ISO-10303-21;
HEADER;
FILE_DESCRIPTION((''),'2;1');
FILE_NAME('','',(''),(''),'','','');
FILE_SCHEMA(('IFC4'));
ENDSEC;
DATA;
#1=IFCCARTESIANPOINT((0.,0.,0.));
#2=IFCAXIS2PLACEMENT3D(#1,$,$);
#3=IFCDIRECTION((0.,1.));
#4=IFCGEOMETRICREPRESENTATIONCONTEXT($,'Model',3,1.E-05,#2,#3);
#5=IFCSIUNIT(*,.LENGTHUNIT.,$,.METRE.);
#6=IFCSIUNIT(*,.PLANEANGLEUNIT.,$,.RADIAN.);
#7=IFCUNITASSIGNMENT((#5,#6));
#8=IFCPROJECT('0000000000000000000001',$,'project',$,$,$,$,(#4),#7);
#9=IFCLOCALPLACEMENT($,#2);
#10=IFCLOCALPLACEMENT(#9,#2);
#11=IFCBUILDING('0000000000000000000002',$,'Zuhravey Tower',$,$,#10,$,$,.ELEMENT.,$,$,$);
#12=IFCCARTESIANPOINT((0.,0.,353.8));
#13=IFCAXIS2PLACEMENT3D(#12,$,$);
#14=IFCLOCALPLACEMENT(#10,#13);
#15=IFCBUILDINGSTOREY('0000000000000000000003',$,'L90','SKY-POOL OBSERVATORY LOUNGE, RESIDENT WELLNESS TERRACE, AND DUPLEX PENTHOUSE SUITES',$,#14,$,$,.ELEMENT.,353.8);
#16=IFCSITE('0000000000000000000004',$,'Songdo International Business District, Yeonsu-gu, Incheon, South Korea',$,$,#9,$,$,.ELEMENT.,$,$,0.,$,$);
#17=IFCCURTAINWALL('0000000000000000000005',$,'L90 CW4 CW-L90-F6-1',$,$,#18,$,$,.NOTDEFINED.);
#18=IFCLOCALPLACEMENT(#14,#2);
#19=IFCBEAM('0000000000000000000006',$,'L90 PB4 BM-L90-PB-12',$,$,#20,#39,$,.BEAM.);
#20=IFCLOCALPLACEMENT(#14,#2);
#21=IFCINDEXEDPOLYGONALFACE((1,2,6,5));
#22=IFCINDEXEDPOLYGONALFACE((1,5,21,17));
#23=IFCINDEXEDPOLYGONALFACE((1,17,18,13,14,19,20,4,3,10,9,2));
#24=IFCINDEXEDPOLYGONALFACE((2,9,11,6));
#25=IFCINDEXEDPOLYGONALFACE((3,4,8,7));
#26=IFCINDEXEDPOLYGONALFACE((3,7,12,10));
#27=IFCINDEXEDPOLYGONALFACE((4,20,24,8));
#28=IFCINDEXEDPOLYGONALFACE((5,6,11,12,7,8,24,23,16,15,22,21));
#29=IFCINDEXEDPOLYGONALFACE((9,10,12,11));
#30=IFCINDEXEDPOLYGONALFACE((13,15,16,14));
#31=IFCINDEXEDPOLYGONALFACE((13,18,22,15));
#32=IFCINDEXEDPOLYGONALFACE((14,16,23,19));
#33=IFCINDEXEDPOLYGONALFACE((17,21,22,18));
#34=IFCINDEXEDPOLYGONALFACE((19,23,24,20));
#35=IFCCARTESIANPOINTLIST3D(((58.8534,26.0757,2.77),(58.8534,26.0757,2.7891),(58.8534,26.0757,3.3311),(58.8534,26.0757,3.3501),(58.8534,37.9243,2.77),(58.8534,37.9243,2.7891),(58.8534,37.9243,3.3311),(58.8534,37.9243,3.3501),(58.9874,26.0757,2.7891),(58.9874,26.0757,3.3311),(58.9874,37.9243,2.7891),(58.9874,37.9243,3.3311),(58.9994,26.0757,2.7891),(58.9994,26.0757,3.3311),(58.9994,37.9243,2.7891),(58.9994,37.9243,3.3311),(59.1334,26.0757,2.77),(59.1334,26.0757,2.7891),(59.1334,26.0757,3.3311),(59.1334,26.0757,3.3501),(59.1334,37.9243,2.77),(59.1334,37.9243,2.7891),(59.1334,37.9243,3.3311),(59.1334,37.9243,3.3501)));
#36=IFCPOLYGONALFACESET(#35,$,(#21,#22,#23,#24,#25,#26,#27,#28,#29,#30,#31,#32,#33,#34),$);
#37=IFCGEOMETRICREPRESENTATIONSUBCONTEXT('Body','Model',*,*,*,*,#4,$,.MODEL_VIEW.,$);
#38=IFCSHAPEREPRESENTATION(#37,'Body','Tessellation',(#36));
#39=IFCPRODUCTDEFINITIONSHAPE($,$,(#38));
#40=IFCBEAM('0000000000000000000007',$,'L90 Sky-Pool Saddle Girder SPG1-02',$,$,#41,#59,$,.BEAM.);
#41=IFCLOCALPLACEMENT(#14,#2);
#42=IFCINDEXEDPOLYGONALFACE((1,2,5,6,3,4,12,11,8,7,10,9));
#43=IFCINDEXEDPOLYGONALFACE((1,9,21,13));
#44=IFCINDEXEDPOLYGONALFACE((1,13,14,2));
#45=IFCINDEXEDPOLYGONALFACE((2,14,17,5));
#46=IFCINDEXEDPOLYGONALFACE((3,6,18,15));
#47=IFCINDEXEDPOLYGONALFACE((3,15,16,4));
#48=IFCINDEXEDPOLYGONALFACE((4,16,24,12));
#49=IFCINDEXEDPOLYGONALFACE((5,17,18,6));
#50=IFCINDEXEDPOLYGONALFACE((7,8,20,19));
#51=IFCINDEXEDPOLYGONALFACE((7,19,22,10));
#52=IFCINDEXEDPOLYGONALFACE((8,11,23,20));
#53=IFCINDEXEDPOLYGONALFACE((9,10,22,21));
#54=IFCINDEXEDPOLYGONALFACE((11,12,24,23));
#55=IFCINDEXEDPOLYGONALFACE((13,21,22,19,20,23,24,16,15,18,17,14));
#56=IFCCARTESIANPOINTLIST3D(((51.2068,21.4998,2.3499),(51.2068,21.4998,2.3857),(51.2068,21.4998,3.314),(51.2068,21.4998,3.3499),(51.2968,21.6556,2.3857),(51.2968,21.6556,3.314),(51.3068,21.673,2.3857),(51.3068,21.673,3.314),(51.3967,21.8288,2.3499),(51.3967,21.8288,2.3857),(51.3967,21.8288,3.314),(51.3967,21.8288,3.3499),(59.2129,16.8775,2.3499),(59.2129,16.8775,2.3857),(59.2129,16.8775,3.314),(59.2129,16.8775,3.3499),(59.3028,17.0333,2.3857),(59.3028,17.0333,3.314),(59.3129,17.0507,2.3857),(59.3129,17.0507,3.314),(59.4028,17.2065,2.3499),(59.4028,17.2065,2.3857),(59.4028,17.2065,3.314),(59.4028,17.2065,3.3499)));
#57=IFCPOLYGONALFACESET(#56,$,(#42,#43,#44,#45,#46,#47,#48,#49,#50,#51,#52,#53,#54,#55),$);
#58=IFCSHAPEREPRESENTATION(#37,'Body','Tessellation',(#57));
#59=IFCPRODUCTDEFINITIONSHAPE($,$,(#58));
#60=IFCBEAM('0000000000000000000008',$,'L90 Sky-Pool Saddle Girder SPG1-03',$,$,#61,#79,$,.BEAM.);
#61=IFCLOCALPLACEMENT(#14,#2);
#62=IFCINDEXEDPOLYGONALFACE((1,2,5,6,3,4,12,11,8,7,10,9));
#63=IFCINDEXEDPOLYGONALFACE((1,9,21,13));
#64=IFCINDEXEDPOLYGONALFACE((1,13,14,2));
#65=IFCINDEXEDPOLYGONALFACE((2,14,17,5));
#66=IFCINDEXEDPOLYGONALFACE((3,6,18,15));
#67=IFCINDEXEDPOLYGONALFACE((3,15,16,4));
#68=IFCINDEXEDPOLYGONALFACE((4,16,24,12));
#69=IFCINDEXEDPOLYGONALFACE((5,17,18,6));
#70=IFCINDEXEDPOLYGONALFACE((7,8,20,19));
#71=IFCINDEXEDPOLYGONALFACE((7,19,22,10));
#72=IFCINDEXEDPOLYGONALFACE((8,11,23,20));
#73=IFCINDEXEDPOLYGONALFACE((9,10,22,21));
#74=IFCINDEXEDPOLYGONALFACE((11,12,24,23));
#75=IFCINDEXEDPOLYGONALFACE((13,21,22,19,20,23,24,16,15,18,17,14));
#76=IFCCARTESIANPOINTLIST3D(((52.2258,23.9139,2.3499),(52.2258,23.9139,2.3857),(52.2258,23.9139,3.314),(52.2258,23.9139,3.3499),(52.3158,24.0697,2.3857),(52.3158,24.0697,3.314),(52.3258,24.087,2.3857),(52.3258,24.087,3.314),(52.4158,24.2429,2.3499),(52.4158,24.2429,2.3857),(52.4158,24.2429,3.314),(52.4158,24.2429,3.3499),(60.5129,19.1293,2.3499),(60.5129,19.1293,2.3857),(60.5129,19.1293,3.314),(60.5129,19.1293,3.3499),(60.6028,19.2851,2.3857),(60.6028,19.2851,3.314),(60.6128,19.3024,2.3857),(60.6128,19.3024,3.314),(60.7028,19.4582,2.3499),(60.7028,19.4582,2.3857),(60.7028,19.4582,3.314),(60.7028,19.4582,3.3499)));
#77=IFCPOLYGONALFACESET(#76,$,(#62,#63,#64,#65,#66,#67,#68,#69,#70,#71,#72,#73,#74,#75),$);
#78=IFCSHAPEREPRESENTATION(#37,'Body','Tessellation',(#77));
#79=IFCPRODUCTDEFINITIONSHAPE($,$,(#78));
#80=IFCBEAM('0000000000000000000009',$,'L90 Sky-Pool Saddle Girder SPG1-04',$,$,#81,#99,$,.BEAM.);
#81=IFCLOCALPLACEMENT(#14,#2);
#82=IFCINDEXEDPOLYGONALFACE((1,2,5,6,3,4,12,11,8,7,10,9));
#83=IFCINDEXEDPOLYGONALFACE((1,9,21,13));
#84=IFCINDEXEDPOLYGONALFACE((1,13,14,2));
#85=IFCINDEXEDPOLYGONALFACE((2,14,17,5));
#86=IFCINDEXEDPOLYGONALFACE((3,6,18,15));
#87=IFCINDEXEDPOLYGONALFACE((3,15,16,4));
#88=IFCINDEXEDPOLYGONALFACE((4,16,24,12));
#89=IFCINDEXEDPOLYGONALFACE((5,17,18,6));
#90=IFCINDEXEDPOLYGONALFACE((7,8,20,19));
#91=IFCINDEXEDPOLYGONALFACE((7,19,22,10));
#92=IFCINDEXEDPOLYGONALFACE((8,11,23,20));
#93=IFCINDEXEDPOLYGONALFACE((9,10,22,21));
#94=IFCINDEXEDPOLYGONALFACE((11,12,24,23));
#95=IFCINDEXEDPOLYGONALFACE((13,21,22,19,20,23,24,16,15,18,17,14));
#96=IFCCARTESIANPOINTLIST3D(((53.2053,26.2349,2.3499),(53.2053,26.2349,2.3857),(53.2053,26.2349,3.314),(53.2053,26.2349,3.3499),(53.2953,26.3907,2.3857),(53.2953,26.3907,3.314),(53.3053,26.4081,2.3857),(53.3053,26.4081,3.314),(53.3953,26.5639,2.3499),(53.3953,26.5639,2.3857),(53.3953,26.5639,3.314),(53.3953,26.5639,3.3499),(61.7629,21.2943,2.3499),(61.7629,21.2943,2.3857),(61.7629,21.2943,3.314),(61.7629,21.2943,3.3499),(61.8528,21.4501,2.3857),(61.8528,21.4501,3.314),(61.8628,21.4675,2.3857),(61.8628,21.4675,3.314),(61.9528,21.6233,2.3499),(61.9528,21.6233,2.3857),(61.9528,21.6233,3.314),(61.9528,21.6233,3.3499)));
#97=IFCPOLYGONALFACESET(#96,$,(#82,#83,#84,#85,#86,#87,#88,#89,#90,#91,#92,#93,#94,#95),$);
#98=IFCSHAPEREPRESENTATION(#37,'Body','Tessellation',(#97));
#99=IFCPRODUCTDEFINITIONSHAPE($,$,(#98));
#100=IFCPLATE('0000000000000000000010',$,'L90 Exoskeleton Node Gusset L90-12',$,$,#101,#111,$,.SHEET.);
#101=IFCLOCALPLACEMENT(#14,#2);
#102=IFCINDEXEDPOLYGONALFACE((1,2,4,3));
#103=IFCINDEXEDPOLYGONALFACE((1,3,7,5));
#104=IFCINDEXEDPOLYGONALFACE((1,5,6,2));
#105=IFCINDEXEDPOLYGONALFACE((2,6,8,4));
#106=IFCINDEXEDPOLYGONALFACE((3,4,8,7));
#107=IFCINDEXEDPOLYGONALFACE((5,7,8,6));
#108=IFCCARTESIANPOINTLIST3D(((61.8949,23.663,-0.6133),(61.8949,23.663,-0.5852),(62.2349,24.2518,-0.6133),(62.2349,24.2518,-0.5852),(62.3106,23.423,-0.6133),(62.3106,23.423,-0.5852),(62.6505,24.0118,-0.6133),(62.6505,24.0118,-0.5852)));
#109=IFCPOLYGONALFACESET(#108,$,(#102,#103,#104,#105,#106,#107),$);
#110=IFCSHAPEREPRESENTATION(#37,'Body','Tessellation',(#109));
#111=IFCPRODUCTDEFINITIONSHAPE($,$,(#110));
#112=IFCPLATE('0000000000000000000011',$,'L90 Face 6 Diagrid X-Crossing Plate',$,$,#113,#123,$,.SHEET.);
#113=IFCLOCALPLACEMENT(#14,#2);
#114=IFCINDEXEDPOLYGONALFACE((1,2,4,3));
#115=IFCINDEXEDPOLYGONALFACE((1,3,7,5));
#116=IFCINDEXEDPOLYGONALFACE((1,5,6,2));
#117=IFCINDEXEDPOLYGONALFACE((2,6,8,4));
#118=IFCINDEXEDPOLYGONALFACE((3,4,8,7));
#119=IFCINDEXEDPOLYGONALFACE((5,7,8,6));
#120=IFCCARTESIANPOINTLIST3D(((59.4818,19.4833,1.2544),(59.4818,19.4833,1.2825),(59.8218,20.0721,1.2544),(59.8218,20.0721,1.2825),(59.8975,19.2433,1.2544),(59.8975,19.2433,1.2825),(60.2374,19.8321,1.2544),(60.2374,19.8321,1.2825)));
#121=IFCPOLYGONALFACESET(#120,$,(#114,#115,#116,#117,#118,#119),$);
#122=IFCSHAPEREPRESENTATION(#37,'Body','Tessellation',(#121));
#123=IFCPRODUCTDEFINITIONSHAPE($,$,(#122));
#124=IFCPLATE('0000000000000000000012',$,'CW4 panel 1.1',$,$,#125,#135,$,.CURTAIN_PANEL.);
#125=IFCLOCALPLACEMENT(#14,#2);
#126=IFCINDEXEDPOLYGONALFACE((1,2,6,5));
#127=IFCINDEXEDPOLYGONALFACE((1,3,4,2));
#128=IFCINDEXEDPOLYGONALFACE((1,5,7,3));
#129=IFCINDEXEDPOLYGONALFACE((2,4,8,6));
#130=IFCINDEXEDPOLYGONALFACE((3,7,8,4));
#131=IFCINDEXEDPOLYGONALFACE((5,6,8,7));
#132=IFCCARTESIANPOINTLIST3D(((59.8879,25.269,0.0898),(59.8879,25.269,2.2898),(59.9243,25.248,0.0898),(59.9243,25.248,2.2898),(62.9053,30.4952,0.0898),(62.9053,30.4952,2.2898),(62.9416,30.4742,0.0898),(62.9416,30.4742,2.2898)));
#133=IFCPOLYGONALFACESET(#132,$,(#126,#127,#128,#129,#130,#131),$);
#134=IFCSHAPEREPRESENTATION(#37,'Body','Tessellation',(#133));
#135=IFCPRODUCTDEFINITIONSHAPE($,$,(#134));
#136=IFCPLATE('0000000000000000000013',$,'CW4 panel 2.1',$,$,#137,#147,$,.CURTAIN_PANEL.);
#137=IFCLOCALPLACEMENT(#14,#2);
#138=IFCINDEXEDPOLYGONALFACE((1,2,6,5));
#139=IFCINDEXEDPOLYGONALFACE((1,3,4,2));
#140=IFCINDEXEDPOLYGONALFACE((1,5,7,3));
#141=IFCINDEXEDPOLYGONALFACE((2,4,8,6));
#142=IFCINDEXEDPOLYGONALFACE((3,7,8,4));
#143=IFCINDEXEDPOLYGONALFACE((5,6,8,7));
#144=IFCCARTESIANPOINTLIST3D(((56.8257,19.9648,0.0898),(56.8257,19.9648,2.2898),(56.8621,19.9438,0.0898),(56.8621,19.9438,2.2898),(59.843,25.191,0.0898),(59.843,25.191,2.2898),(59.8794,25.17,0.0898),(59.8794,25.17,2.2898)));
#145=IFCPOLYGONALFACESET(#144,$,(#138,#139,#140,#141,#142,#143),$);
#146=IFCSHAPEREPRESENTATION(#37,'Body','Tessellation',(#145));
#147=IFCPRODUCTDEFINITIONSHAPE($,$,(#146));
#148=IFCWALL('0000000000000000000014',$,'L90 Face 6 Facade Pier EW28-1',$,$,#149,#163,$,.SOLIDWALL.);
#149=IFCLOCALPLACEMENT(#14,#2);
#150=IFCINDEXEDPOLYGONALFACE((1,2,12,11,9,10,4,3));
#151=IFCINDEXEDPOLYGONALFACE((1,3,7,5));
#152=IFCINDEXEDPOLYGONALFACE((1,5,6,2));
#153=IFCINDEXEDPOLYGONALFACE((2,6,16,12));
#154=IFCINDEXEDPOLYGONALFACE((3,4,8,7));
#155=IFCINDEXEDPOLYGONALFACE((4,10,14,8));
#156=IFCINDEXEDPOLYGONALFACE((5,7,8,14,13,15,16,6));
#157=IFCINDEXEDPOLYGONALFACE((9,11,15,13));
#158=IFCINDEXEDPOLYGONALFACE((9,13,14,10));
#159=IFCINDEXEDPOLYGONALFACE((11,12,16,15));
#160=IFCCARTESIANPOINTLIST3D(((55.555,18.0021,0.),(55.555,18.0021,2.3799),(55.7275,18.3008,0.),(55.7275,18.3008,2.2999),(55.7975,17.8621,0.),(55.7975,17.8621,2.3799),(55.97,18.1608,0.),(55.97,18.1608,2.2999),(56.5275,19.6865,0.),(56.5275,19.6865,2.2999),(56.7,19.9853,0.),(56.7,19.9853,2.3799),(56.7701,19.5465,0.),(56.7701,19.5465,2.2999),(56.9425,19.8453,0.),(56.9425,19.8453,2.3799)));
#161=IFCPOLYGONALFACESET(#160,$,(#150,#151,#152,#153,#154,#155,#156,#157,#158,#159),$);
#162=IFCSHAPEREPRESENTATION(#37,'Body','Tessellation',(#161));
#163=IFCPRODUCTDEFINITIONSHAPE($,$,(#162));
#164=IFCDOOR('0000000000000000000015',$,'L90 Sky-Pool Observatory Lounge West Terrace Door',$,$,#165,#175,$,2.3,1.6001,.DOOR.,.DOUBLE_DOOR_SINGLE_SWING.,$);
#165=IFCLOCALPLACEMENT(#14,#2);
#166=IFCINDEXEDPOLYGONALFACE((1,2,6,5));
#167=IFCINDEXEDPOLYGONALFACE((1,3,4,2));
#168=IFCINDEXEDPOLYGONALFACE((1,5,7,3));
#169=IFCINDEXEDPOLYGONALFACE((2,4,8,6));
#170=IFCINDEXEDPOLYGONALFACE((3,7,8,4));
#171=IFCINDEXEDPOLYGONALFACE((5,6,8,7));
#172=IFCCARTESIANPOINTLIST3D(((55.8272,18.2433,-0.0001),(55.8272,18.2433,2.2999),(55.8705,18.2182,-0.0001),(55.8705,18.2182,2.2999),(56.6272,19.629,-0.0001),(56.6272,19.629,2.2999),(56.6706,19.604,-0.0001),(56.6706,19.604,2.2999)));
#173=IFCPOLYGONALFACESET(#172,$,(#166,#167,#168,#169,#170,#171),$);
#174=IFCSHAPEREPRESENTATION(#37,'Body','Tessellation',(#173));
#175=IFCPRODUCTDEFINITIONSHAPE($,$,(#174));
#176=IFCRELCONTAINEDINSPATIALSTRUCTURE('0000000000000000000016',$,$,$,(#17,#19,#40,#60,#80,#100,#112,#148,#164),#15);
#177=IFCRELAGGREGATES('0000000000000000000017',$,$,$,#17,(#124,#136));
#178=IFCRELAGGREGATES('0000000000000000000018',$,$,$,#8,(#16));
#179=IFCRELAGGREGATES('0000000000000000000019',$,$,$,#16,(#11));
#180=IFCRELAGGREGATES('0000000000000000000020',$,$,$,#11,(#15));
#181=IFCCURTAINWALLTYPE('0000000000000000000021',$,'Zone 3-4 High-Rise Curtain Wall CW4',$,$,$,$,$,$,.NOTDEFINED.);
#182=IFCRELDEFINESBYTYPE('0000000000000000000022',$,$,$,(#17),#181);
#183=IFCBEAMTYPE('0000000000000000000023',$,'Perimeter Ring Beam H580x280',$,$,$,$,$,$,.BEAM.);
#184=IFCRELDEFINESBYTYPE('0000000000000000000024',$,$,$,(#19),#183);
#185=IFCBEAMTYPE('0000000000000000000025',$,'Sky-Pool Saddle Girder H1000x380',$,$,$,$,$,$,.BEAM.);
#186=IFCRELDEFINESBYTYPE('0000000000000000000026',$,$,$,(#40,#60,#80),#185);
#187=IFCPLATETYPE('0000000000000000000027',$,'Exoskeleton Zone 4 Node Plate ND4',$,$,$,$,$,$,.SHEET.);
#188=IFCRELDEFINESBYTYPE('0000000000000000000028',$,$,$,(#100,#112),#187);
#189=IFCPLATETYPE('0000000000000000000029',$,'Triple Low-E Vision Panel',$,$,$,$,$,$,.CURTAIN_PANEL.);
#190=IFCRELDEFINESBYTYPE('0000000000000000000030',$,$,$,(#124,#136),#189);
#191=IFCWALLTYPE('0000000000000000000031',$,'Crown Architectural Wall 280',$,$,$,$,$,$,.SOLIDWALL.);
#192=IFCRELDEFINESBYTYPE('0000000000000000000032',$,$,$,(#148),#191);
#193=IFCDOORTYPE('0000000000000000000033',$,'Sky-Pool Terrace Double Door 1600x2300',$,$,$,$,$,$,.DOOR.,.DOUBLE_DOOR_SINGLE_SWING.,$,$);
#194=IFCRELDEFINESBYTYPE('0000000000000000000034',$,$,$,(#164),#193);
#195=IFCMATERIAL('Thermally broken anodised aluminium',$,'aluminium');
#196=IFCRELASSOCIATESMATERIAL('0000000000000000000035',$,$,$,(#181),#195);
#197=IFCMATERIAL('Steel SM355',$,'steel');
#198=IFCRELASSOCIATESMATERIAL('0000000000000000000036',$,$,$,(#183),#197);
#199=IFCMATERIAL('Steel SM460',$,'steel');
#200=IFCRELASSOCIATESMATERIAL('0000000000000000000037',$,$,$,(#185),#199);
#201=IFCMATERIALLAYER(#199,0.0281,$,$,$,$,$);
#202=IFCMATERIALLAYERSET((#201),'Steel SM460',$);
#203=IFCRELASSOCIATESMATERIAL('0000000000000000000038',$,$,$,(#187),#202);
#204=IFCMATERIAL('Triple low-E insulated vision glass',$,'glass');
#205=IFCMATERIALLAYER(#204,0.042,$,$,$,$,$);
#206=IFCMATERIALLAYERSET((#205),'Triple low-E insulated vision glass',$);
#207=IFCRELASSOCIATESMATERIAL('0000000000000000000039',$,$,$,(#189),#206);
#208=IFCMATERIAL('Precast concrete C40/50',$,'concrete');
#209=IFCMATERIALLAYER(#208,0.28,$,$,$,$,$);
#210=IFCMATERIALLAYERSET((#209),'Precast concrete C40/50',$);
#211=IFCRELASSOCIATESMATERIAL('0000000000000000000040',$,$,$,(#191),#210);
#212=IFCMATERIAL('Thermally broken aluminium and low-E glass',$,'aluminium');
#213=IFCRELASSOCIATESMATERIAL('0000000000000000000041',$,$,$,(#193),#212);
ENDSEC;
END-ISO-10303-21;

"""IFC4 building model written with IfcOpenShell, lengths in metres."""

from ifc_helpers import new_model, si_unit, direction, frame, frame_2d, origin, origin_2d, place, context, subcontext, project, spatial, rectangle, i_section, extrude, material, layer, layer_set, material_profile, profile_set, type_object, element, fill, aggregate, save


model = new_model("IFC4")

# Units and contexts
model_context = context("Model", 3, precision=1e-05, world=origin(), true_north=direction((0.0, 1.0)))
body_context = subcontext(model_context, "Body", "Model", "MODEL_VIEW")
ifc_project = project(units=[si_unit("LENGTHUNIT", "METRE"), si_unit("PLANEANGLEUNIT", "RADIAN")], contexts=[model_context])

# Site, building, storey
site_placement = place(None, origin())
site = spatial("IfcSite", under=ifc_project, at=site_placement, Name="Songdo International Business District, Yeonsu-gu, Incheon, South Korea", CompositionType="ELEMENT", RefElevation=0.0)
building_placement = place(site_placement, origin())
building = spatial("IfcBuilding", under=site, at=building_placement, Name="Zuhravey Tower", CompositionType="ELEMENT")
storey_placement = place(building_placement, frame((0.0, 0.0, 353.8)))
storey = spatial("IfcBuildingStorey", under=building, at=storey_placement, Name="L90", Description="SKY-POOL OBSERVATORY LOUNGE, RESIDENT WELLNESS TERRACE, AND DUPLEX PENTHOUSE SUITES", CompositionType="ELEMENT", Elevation=353.8)

# Curtain wall
ifc_material_1 = material(Name="Thermally broken anodised aluminium", Category="aluminium")
curtain_wall_type = type_object("IfcCurtainWallType", Name="Zone 3-4 High-Rise Curtain Wall CW4", PredefinedType="NOTDEFINED", material=ifc_material_1)
curtain_wall_placement = place(storey_placement, origin())
curtain_wall = element("IfcCurtainWall", 1, at=curtain_wall_placement, inside=storey, type_object=curtain_wall_type, Name="L90 CW4 CW-L90-F6-1", PredefinedType="NOTDEFINED")

# Shared definitions
ifc_material_2 = material(Name="Steel SM460", Category="steel")

# Shared definitions
ifc_material_3 = material(Name="Steel SM355", Category="steel")

# Beams
ifc_material_profile_1 = material_profile(ifc_material_3, i_section(OverallWidth=0.28, OverallDepth=0.5801, WebThickness=0.012, FlangeThickness=0.019, at=origin_2d()), Name="H-580x280x12x19")
ifc_profile_set_1 = profile_set([ifc_material_profile_1], Name="Steel SM355")
beam_type_1 = type_object("IfcBeamType", Name="Perimeter Ring Beam H580x280", PredefinedType="BEAM", material=ifc_profile_set_1)
beam_1_placement = place(storey_placement, frame((58.9934, 26.0757, 3.0601), z_axis=(0.0, 1.0, 0.0), x_axis=(-1.0, 0.0, 0.0)))
element("IfcBeam", 2, at=beam_1_placement, inside=storey, type_object=beam_type_1, Name="L90 PB4 BM-L90-PB-12", PredefinedType="BEAM", context=body_context, shape_type="SweptSolid", body=[
    extrude(i_section(OverallWidth=0.28, OverallDepth=0.5801, WebThickness=0.012, FlangeThickness=0.019, at=origin_2d()), origin(), (0.0, 0.0, 1.0), 11.8486),
])
ifc_material_profile_2 = material_profile(ifc_material_2, i_section(OverallWidth=0.3799, OverallDepth=1.0, WebThickness=0.02, FlangeThickness=0.0359, at=origin_2d()), Name="H-1000x380x20x36")
ifc_profile_set_2 = profile_set([ifc_material_profile_2], Name="Steel SM460")
beam_type_2 = type_object("IfcBeamType", Name="Sky-Pool Saddle Girder H1000x380", PredefinedType="BEAM", material=ifc_profile_set_2)
beam_2_placement = place(storey_placement, frame((51.3018, 21.6643, 2.8499), z_axis=(0.866026, -0.499999, 0.0), x_axis=(0.499999, 0.866026, 0.0)))
element("IfcBeam", 3, at=beam_2_placement, inside=storey, type_object=beam_type_2, Name="L90 Sky-Pool Saddle Girder SPG1-02", PredefinedType="BEAM", context=body_context, shape_type="SweptSolid", body=[
    extrude(i_section(OverallWidth=0.3799, OverallDepth=1.0, WebThickness=0.02, FlangeThickness=0.0359, at=origin_2d()), origin(), (0.0, 0.0, 1.0), 9.2446),
])
beam_3_placement = place(storey_placement, frame((52.3208, 24.0784, 2.8499), z_axis=(0.866021, -0.500008, 0.0), x_axis=(0.500008, 0.866021, 0.0)))
element("IfcBeam", 4, at=beam_3_placement, inside=storey, type_object=beam_type_2, Name="L90 Sky-Pool Saddle Girder SPG1-03", PredefinedType="BEAM", context=body_context, shape_type="SweptSolid", body=[
    extrude(i_section(OverallWidth=0.3799, OverallDepth=1.0, WebThickness=0.02, FlangeThickness=0.0359, at=origin_2d()), origin(), (0.0, 0.0, 1.0), 9.5691),
])
beam_4_placement = place(storey_placement, frame((53.3003, 26.3994, 2.8499), z_axis=(0.866028, -0.499995, 0.0), x_axis=(0.499995, 0.866028, 0.0)))
element("IfcBeam", 5, at=beam_4_placement, inside=storey, type_object=beam_type_2, Name="L90 Sky-Pool Saddle Girder SPG1-04", PredefinedType="BEAM", context=body_context, shape_type="SweptSolid", body=[
    extrude(i_section(OverallWidth=0.3799, OverallDepth=1.0, WebThickness=0.02, FlangeThickness=0.0359, at=origin_2d()), origin(), (0.0, 0.0, 1.0), 9.8813),
])

# Plates
ifc_layer_1 = layer(ifc_material_2, 0.0281)
ifc_layer_set_1 = layer_set([ifc_layer_1], Name="Steel SM460")
plate_type_1 = type_object("IfcPlateType", Name="Exoskeleton Zone 4 Node Plate ND4", PredefinedType="SHEET", material=ifc_layer_set_1)
for number, where, z_axis, x_axis, name in (
    (6, (62.2727, 23.8374, -0.6133), (0.0, 0.0, 1.0), (0.5, 0.866025, 0.0), "L90 Exoskeleton Node Gusset L90-12"),
    (7, (59.8596, 19.6577, 1.2544), (0.0, 0.0, 1.0), (0.5, 0.866025, 0.0), "L90 Face 6 Diagrid X-Crossing Plate"),
):
    element("IfcPlate", number, at=place(storey_placement, frame(where, z_axis=z_axis, x_axis=x_axis)), inside=storey, type_object=plate_type_1, Name=name, PredefinedType="SHEET", context=body_context, shape_type="SweptSolid", body=[
        extrude(rectangle(XDim=0.6799, YDim=0.48, at=origin_2d()), origin(), (0.0, 0.0, 1.0), 0.0281),
    ])

# Plates
ifc_material_4 = material(Name="Triple low-E insulated vision glass", Category="glass")
ifc_layer_2 = layer(ifc_material_4, 0.042)
ifc_layer_set_2 = layer_set([ifc_layer_2], Name="Triple low-E insulated vision glass")
plate_type_2 = type_object("IfcPlateType", Name="Triple Low-E Vision Panel", PredefinedType="CURTAIN_PANEL", material=ifc_layer_set_2)
plate_1_placement = place(storey_placement, frame((61.4148, 27.8716, 0.0898), z_axis=(0.0, 0.0, 1.0), x_axis=(-0.499999, -0.866026, 0.0)))
plate_1 = element("IfcPlate", 8, at=plate_1_placement, type_object=plate_type_2, Name="CW4 panel 1.1", PredefinedType="CURTAIN_PANEL", context=body_context, shape_type="SweptSolid", body=[
    extrude(rectangle(XDim=6.0347, YDim=0.042, at=origin_2d()), origin(), (0.0, 0.0, 1.0), 2.2),
])
plate_2_placement = place(storey_placement, frame((58.3525, 22.5674, 0.0898), z_axis=(0.0, 0.0, 1.0), x_axis=(-0.499999, -0.866026, 0.0)))
plate_2 = element("IfcPlate", 9, at=plate_2_placement, type_object=plate_type_2, Name="CW4 panel 2.1", PredefinedType="CURTAIN_PANEL", context=body_context, shape_type="SweptSolid", body=[
    extrude(rectangle(XDim=6.0347, YDim=0.042, at=origin_2d()), origin(), (0.0, 0.0, 1.0), 2.2),
])
aggregate(curtain_wall, [plate_1, plate_2])

# Wall, opening, door
ifc_material_5 = material(Name="Precast concrete C40/50", Category="concrete")
ifc_layer_3 = layer(ifc_material_5, 0.28)
ifc_layer_set_3 = layer_set([ifc_layer_3], Name="Precast concrete C40/50")
wall_type_1 = type_object("IfcWallType", Name="Crown Architectural Wall 280", PredefinedType="SOLIDWALL", material=ifc_layer_set_3)
wall_1_placement = place(storey_placement, frame((56.8213, 19.9153, 0.0), z_axis=(0.0, 0.0, 1.0), x_axis=(-0.500015, -0.866017, 0.0)))
wall_1 = element("IfcWall", 10, at=wall_1_placement, inside=storey, type_object=wall_type_1, Name="L90 Face 6 Facade Pier EW28-1", PredefinedType="SOLIDWALL", context=body_context, shape_type="SweptSolid", body=[
    extrude(rectangle(XDim=2.29, YDim=0.28, at=frame_2d((1.145, 0.0))), origin(), (0.0, 0.0, 1.0), 2.3799),
])
opening_placement = place(wall_1_placement, frame((0.345, 0.0, 0.0)))
opening = element("IfcOpeningElement", 11, at=opening_placement, cuts=wall_1, PredefinedType="OPENING", context=body_context, shape_type="SweptSolid", body=[
    extrude(rectangle(XDim=1.6001, YDim=2.3, at=frame_2d((0.8, 1.1499))), frame((0.0, 0.1521, 0.0), z_axis=(0.0, -1.0, 0.0), x_axis=(1.0, 0.0, 0.0)), (0.0, 0.0, 1.0), 0.304),
])
ifc_material_6 = material(Name="Thermally broken aluminium and low-E glass", Category="aluminium")
door_type = type_object("IfcDoorType", Name="Sky-Pool Terrace Double Door 1600x2300", OperationType="DOUBLE_DOOR_SINGLE_SWING", PredefinedType="DOOR", material=ifc_material_6)
door_placement = place(opening_placement, frame((1.6001, 0.0, 0.0), z_axis=(0.0, 0.0, 1.0), x_axis=(-1.0, 0.0, 0.0)))
door = element("IfcDoor", 12, at=door_placement, inside=storey, type_object=door_type, Name="L90 Sky-Pool Observatory Lounge West Terrace Door", OperationType="DOUBLE_DOOR_SINGLE_SWING", OverallHeight=2.3, OverallWidth=1.6001, PredefinedType="DOOR", context=body_context, shape_type="SweptSolid", body=[
    extrude(rectangle(XDim=1.6001, YDim=2.3, at=frame_2d((0.8, 1.1499))), frame((0.0, 0.0249, 0.0), z_axis=(0.0, -1.0, 0.0), x_axis=(1.0, 0.0, 0.0)), (0.0, 0.0, 1.0), 0.05),
])
fill(opening, door)

save(model, "model.ifc")
